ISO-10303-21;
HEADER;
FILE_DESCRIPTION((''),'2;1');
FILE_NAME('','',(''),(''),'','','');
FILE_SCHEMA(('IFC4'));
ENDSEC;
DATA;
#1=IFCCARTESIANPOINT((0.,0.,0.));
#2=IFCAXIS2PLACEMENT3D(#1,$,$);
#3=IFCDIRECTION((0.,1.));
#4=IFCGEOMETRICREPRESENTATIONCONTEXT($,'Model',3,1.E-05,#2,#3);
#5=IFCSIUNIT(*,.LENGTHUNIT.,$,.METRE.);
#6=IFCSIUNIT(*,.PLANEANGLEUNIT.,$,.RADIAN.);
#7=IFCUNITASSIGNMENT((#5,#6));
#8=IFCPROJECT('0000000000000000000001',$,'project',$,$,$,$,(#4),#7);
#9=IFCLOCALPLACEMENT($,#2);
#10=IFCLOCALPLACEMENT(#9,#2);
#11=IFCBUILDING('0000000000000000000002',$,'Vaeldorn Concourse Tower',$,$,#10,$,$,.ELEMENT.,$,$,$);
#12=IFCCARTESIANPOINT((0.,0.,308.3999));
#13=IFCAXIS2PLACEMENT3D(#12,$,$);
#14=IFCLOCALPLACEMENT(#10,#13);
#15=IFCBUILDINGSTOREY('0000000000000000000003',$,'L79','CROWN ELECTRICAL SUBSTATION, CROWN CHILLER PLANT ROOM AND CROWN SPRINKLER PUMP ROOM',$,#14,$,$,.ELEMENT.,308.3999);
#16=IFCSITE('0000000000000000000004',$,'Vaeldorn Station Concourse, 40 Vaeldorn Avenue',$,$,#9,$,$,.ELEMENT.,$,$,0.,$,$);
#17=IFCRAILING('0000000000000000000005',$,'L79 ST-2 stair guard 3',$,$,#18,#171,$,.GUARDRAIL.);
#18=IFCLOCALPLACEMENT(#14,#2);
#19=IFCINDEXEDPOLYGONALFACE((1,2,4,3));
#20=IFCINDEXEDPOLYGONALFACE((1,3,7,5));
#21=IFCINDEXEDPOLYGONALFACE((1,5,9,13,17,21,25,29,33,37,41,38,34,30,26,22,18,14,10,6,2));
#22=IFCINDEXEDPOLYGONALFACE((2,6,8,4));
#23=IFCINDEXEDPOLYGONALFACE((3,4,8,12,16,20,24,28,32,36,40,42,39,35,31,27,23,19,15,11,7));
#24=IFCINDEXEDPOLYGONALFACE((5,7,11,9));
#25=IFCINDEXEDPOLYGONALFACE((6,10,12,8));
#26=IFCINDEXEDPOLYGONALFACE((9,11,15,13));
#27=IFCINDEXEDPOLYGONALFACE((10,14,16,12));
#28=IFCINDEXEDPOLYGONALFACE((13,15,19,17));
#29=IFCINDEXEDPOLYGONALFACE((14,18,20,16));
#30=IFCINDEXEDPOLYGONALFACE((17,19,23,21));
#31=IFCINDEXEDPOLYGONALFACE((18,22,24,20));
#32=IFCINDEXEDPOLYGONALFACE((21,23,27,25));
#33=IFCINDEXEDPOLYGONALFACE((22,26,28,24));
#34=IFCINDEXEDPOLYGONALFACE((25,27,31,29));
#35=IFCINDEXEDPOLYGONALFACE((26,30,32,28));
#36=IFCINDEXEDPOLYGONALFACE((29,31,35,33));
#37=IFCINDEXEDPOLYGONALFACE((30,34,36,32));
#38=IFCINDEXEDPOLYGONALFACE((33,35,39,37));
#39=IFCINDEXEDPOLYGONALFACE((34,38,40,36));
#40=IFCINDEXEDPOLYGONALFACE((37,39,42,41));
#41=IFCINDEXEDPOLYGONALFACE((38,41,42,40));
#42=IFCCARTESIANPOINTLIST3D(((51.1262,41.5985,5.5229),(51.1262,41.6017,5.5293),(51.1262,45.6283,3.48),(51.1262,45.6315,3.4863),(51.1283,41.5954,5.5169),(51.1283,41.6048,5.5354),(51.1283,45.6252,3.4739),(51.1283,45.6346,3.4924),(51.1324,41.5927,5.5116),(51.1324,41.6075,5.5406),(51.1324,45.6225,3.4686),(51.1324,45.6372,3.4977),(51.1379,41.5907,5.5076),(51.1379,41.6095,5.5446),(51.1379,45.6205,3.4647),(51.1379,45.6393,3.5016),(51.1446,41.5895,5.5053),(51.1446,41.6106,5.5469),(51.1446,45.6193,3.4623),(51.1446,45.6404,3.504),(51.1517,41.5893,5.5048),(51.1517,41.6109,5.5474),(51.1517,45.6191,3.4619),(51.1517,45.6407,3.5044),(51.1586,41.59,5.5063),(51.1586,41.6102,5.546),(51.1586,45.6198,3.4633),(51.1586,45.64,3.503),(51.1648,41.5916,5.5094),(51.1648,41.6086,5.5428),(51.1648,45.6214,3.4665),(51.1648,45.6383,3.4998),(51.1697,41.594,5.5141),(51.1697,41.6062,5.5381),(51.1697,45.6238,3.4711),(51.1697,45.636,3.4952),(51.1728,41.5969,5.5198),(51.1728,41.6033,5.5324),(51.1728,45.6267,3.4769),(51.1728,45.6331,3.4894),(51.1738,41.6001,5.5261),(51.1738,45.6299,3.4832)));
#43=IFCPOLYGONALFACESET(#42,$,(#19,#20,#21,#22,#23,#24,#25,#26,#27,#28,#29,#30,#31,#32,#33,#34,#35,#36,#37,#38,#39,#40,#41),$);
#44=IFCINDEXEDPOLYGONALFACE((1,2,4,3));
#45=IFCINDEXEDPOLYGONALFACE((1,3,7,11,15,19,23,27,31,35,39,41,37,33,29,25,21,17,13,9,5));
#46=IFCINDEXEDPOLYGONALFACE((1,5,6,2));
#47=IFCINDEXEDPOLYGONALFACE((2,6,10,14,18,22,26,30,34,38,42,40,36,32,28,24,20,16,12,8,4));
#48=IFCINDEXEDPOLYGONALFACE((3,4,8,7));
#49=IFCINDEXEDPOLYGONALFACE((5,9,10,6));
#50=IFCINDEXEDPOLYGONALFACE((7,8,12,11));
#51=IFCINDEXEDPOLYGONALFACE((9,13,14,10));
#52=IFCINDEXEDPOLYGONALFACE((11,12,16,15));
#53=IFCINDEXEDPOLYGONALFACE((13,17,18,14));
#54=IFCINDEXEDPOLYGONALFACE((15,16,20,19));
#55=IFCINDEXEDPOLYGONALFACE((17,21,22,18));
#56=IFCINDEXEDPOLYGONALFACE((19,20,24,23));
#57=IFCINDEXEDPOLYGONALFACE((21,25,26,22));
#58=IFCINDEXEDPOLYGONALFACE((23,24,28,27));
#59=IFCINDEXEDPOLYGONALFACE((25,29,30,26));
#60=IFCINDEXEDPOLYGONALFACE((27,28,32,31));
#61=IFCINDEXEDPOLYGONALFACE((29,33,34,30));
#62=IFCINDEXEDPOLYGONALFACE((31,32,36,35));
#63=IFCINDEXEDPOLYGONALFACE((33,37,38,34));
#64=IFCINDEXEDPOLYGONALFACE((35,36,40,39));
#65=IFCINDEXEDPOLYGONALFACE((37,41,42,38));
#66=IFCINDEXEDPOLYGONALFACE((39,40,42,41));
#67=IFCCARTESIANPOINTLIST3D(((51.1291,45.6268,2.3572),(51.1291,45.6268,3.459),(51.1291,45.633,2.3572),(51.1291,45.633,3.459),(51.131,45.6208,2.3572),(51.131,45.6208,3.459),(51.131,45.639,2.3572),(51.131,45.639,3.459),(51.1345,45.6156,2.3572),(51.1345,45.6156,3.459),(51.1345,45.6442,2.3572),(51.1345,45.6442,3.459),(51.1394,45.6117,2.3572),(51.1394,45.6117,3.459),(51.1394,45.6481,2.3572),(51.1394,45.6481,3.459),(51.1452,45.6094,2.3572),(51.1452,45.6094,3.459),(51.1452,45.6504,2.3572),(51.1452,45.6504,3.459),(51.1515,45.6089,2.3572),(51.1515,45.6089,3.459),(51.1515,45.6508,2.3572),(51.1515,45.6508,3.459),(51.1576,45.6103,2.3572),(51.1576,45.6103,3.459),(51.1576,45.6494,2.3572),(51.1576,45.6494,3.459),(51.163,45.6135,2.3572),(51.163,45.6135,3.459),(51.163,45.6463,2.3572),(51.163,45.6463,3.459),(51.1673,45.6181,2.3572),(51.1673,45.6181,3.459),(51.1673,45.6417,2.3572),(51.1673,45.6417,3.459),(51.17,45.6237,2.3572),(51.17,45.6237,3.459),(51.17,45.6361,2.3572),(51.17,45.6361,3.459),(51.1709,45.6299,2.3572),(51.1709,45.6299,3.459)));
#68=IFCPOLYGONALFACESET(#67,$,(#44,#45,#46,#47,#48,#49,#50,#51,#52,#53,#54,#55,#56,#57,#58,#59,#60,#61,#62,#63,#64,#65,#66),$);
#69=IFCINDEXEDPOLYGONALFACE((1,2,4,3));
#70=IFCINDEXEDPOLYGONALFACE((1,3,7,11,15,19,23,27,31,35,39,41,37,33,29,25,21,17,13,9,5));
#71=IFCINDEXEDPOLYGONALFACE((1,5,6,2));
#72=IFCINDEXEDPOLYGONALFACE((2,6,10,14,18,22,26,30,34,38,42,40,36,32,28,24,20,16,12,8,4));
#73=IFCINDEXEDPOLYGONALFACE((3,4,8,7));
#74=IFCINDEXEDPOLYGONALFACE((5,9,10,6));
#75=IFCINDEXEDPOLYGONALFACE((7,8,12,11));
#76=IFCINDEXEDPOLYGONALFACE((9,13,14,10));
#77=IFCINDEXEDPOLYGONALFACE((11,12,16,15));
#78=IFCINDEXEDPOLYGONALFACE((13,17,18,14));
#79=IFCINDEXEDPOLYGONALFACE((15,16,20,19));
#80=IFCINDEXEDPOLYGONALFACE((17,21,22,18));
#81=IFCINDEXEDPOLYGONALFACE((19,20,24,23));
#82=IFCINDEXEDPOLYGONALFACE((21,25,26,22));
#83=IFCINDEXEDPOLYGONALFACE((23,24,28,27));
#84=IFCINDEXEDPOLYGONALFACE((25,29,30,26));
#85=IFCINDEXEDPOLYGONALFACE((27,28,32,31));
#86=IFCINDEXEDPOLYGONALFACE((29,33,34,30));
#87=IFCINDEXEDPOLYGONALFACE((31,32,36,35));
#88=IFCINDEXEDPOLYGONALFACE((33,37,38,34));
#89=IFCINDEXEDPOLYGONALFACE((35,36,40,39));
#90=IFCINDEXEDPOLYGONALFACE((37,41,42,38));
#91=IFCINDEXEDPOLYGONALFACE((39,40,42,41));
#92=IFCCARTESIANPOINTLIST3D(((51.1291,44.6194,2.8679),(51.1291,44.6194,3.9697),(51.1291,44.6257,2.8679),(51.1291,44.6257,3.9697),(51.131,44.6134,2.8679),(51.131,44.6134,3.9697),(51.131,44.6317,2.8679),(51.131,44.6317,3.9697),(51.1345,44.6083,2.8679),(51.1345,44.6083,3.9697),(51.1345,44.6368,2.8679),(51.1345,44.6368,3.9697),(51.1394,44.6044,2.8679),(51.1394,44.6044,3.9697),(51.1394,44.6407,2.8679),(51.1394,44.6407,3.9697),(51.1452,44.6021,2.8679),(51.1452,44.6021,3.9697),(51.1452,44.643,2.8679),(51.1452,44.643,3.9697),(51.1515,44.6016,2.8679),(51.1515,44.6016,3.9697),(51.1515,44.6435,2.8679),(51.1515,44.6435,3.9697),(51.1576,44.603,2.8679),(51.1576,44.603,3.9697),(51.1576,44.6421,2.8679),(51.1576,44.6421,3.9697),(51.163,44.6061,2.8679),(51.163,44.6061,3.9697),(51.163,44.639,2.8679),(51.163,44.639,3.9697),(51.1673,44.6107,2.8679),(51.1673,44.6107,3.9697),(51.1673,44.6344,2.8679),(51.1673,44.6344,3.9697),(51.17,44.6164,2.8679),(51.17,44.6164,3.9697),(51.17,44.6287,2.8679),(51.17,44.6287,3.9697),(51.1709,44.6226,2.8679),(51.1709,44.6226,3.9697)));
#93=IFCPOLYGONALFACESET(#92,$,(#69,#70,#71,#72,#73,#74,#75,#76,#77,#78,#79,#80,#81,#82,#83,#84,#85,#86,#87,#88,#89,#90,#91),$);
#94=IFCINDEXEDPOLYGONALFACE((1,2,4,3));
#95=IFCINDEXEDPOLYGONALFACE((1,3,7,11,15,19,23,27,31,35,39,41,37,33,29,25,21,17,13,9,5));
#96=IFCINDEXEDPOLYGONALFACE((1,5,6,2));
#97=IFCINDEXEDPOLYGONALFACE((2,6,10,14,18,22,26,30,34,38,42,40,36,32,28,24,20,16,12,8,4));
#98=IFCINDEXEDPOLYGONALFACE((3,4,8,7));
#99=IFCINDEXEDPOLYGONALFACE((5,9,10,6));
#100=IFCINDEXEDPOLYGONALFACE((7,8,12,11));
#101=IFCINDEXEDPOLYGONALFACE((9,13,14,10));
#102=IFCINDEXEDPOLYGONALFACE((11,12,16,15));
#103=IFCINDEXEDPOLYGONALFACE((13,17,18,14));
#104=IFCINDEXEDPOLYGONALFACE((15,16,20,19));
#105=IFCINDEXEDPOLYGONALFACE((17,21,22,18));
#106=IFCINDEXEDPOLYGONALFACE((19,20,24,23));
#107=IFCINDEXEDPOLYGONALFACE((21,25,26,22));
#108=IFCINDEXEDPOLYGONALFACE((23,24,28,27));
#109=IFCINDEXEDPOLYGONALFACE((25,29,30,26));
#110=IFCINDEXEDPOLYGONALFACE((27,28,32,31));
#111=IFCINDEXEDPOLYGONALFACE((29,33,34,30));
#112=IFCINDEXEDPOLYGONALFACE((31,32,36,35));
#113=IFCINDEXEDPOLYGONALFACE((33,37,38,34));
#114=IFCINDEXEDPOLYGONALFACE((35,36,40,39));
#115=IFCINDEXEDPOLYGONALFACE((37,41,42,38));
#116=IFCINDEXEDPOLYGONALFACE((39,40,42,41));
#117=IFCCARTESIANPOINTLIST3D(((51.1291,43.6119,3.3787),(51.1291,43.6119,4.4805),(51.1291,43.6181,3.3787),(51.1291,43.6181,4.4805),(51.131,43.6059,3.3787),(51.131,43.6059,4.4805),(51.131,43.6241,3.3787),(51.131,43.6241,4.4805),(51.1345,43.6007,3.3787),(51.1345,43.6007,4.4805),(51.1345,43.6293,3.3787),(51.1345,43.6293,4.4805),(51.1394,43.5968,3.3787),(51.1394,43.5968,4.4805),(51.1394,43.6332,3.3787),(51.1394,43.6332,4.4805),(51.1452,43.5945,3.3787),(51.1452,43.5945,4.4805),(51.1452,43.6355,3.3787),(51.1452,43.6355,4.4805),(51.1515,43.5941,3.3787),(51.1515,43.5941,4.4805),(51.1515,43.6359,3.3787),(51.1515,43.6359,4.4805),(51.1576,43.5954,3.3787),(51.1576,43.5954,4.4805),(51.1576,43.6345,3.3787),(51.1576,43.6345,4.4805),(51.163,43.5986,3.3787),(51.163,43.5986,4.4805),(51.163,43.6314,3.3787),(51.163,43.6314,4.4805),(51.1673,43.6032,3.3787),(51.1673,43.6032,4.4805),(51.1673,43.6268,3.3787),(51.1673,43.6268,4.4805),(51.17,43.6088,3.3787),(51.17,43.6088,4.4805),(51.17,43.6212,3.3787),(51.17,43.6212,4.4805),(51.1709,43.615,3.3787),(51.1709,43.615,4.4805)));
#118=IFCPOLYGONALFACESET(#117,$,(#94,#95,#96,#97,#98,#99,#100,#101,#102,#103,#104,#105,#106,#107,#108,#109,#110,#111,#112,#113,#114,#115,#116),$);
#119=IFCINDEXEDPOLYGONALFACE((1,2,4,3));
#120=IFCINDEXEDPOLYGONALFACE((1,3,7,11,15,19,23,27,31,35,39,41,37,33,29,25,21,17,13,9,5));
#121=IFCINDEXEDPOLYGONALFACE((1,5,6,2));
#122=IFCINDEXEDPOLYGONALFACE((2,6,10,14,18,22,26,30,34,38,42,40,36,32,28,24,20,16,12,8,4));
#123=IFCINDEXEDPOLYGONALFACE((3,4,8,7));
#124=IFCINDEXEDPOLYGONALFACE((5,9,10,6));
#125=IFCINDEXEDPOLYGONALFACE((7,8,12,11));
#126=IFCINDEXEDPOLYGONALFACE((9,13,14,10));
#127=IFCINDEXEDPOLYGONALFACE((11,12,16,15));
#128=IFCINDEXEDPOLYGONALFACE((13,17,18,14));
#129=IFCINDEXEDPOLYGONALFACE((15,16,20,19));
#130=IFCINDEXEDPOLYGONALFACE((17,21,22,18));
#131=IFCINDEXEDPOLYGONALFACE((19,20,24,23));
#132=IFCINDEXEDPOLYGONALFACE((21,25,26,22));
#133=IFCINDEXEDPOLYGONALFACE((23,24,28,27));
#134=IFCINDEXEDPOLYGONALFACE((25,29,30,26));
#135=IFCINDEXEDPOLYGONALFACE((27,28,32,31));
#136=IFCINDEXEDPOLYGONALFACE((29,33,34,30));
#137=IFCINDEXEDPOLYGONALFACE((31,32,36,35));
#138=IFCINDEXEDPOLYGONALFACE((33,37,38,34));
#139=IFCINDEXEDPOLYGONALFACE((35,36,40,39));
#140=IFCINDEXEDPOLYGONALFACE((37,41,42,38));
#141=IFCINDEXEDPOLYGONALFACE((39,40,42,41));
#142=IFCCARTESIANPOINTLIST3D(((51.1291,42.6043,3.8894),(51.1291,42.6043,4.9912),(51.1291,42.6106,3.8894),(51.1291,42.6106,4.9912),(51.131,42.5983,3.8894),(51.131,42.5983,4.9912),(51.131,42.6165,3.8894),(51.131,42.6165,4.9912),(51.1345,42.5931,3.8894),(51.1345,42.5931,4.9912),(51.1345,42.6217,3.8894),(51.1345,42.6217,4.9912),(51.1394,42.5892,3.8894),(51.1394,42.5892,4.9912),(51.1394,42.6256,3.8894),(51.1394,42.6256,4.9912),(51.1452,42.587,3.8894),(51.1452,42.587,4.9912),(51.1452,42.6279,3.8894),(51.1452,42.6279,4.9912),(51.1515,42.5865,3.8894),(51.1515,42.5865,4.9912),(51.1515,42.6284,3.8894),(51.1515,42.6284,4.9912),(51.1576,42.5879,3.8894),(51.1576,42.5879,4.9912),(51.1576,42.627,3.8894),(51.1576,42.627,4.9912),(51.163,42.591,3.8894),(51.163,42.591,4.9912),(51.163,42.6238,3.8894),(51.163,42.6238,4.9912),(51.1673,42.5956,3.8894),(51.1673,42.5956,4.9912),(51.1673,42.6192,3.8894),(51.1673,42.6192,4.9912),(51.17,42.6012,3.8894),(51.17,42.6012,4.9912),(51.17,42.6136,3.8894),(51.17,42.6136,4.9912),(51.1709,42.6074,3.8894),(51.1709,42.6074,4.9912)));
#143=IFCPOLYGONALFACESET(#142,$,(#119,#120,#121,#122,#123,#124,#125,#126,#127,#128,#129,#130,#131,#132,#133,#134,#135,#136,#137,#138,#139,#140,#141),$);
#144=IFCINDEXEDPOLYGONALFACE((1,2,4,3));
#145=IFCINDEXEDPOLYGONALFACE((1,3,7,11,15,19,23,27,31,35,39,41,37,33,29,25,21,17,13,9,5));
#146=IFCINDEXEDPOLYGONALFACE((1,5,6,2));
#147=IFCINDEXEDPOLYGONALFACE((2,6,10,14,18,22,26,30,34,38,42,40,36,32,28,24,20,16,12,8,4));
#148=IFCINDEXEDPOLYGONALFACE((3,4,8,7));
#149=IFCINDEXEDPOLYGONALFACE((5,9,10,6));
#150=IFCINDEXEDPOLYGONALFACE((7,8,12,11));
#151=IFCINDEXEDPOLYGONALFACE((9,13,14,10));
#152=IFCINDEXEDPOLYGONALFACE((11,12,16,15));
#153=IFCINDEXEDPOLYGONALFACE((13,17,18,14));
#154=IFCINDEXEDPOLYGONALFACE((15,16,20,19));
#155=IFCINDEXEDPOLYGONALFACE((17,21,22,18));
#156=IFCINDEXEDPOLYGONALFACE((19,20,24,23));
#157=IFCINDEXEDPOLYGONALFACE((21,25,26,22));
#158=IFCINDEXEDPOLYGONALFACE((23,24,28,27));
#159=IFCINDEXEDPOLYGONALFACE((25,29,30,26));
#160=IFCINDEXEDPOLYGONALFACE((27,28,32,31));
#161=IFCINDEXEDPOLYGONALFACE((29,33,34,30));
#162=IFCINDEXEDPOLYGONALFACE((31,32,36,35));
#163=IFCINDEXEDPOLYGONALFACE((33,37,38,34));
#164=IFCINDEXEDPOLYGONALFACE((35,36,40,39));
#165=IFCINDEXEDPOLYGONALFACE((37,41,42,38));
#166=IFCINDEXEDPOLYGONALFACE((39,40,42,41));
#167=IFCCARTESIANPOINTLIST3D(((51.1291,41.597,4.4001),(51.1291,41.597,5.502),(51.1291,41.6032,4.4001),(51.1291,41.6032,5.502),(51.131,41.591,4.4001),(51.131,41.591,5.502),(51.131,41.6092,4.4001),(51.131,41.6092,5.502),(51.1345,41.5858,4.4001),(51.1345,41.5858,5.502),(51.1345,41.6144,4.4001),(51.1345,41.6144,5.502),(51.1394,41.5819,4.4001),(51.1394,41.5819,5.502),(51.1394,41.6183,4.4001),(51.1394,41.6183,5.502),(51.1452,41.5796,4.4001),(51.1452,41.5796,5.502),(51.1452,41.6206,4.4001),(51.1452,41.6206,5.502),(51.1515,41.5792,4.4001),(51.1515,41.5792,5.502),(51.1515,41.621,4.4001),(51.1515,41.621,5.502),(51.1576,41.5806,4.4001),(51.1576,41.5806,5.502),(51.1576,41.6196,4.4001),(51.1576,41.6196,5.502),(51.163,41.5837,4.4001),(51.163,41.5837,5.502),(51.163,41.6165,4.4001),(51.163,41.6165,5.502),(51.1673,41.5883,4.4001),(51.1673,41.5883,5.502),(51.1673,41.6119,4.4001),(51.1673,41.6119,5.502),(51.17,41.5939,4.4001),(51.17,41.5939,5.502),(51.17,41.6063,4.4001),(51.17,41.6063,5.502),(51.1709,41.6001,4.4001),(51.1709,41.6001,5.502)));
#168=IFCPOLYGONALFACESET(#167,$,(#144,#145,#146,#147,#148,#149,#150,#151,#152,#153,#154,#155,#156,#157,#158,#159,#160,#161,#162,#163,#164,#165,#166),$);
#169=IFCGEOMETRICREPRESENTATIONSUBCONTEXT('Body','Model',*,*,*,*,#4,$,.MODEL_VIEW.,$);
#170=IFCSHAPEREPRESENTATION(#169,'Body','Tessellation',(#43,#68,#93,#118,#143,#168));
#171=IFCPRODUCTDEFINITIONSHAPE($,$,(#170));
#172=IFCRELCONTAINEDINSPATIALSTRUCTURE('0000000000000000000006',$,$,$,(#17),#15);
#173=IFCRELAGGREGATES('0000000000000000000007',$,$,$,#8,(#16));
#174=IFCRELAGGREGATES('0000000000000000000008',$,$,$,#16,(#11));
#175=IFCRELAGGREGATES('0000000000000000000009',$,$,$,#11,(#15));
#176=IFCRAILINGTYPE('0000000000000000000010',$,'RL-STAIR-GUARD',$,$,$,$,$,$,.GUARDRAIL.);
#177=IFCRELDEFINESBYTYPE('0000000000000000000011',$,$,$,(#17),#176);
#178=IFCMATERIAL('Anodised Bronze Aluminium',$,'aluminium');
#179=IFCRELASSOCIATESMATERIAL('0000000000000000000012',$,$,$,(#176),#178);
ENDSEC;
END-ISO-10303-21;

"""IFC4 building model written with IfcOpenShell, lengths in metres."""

from ifc_helpers import new_model, si_unit, direction, frame, origin, origin_2d, place, context, subcontext, project, spatial, circle, extrude, material, type_object, element, save


model = new_model("IFC4")

# Units and contexts
model_context = context("Model", 3, precision=1e-05, world=origin(), true_north=direction((0.0, 1.0)))
body_context = subcontext(model_context, "Body", "Model", "MODEL_VIEW")
ifc_project = project(units=[si_unit("LENGTHUNIT", "METRE"), si_unit("PLANEANGLEUNIT", "RADIAN")], contexts=[model_context])

# Site, building, storey
site_placement = place(None, origin())
site = spatial("IfcSite", under=ifc_project, at=site_placement, Name="Vaeldorn Station Concourse, 40 Vaeldorn Avenue", CompositionType="ELEMENT", RefElevation=0.0)
building_placement = place(site_placement, origin())
building = spatial("IfcBuilding", under=site, at=building_placement, Name="Vaeldorn Concourse Tower", CompositionType="ELEMENT")
storey_placement = place(building_placement, frame((0.0, 0.0, 308.3999)))
storey = spatial("IfcBuildingStorey", under=building, at=storey_placement, Name="L79", Description="CROWN ELECTRICAL SUBSTATION, CROWN CHILLER PLANT ROOM AND CROWN SPRINKLER PUMP ROOM", CompositionType="ELEMENT", Elevation=308.3999)

# Shared definitions
ifc_material_1 = material(Name="Anodised Bronze Aluminium", Category="aluminium")

# Railing
railing_type_1 = type_object("IfcRailingType", Name="RL-STAIR-GUARD", PredefinedType="GUARDRAIL", material=ifc_material_1)
railing_1_placement = place(storey_placement, frame((51.1499, 45.6299, 2.3572)))
element("IfcRailing", 1, at=railing_1_placement, inside=storey, type_object=railing_type_1, Name="L79 ST-2 stair guard 3", PredefinedType="GUARDRAIL", context=body_context, shape_type="SweptSolid", body=[
    extrude(circle(Radius=0.0239, at=origin_2d()), frame((0.0, 0.0, 1.126), z_axis=(0.0, -0.891928, 0.452178), x_axis=(1.0, 0.0, 0.0)), (0.0, 0.0, 1.0), 4.5181),
    extrude(circle(Radius=0.021, at=origin_2d()), origin(), (0.0, 0.0, 1.0), 1.1018),
    extrude(circle(Radius=0.021, at=origin_2d()), frame((0.0, -1.0073, 0.5107)), (0.0, 0.0, 1.0), 1.1018),
    extrude(circle(Radius=0.021, at=origin_2d()), frame((0.0, -2.0149, 1.0215)), (0.0, 0.0, 1.0), 1.1018),
    extrude(circle(Radius=0.021, at=origin_2d()), frame((0.0, -3.0225, 1.5322)), (0.0, 0.0, 1.0), 1.1018),
    extrude(circle(Radius=0.021, at=origin_2d()), frame((0.0, -4.0298, 2.043)), (0.0, 0.0, 1.0), 1.1018),
])

save(model, "model.ifc")
